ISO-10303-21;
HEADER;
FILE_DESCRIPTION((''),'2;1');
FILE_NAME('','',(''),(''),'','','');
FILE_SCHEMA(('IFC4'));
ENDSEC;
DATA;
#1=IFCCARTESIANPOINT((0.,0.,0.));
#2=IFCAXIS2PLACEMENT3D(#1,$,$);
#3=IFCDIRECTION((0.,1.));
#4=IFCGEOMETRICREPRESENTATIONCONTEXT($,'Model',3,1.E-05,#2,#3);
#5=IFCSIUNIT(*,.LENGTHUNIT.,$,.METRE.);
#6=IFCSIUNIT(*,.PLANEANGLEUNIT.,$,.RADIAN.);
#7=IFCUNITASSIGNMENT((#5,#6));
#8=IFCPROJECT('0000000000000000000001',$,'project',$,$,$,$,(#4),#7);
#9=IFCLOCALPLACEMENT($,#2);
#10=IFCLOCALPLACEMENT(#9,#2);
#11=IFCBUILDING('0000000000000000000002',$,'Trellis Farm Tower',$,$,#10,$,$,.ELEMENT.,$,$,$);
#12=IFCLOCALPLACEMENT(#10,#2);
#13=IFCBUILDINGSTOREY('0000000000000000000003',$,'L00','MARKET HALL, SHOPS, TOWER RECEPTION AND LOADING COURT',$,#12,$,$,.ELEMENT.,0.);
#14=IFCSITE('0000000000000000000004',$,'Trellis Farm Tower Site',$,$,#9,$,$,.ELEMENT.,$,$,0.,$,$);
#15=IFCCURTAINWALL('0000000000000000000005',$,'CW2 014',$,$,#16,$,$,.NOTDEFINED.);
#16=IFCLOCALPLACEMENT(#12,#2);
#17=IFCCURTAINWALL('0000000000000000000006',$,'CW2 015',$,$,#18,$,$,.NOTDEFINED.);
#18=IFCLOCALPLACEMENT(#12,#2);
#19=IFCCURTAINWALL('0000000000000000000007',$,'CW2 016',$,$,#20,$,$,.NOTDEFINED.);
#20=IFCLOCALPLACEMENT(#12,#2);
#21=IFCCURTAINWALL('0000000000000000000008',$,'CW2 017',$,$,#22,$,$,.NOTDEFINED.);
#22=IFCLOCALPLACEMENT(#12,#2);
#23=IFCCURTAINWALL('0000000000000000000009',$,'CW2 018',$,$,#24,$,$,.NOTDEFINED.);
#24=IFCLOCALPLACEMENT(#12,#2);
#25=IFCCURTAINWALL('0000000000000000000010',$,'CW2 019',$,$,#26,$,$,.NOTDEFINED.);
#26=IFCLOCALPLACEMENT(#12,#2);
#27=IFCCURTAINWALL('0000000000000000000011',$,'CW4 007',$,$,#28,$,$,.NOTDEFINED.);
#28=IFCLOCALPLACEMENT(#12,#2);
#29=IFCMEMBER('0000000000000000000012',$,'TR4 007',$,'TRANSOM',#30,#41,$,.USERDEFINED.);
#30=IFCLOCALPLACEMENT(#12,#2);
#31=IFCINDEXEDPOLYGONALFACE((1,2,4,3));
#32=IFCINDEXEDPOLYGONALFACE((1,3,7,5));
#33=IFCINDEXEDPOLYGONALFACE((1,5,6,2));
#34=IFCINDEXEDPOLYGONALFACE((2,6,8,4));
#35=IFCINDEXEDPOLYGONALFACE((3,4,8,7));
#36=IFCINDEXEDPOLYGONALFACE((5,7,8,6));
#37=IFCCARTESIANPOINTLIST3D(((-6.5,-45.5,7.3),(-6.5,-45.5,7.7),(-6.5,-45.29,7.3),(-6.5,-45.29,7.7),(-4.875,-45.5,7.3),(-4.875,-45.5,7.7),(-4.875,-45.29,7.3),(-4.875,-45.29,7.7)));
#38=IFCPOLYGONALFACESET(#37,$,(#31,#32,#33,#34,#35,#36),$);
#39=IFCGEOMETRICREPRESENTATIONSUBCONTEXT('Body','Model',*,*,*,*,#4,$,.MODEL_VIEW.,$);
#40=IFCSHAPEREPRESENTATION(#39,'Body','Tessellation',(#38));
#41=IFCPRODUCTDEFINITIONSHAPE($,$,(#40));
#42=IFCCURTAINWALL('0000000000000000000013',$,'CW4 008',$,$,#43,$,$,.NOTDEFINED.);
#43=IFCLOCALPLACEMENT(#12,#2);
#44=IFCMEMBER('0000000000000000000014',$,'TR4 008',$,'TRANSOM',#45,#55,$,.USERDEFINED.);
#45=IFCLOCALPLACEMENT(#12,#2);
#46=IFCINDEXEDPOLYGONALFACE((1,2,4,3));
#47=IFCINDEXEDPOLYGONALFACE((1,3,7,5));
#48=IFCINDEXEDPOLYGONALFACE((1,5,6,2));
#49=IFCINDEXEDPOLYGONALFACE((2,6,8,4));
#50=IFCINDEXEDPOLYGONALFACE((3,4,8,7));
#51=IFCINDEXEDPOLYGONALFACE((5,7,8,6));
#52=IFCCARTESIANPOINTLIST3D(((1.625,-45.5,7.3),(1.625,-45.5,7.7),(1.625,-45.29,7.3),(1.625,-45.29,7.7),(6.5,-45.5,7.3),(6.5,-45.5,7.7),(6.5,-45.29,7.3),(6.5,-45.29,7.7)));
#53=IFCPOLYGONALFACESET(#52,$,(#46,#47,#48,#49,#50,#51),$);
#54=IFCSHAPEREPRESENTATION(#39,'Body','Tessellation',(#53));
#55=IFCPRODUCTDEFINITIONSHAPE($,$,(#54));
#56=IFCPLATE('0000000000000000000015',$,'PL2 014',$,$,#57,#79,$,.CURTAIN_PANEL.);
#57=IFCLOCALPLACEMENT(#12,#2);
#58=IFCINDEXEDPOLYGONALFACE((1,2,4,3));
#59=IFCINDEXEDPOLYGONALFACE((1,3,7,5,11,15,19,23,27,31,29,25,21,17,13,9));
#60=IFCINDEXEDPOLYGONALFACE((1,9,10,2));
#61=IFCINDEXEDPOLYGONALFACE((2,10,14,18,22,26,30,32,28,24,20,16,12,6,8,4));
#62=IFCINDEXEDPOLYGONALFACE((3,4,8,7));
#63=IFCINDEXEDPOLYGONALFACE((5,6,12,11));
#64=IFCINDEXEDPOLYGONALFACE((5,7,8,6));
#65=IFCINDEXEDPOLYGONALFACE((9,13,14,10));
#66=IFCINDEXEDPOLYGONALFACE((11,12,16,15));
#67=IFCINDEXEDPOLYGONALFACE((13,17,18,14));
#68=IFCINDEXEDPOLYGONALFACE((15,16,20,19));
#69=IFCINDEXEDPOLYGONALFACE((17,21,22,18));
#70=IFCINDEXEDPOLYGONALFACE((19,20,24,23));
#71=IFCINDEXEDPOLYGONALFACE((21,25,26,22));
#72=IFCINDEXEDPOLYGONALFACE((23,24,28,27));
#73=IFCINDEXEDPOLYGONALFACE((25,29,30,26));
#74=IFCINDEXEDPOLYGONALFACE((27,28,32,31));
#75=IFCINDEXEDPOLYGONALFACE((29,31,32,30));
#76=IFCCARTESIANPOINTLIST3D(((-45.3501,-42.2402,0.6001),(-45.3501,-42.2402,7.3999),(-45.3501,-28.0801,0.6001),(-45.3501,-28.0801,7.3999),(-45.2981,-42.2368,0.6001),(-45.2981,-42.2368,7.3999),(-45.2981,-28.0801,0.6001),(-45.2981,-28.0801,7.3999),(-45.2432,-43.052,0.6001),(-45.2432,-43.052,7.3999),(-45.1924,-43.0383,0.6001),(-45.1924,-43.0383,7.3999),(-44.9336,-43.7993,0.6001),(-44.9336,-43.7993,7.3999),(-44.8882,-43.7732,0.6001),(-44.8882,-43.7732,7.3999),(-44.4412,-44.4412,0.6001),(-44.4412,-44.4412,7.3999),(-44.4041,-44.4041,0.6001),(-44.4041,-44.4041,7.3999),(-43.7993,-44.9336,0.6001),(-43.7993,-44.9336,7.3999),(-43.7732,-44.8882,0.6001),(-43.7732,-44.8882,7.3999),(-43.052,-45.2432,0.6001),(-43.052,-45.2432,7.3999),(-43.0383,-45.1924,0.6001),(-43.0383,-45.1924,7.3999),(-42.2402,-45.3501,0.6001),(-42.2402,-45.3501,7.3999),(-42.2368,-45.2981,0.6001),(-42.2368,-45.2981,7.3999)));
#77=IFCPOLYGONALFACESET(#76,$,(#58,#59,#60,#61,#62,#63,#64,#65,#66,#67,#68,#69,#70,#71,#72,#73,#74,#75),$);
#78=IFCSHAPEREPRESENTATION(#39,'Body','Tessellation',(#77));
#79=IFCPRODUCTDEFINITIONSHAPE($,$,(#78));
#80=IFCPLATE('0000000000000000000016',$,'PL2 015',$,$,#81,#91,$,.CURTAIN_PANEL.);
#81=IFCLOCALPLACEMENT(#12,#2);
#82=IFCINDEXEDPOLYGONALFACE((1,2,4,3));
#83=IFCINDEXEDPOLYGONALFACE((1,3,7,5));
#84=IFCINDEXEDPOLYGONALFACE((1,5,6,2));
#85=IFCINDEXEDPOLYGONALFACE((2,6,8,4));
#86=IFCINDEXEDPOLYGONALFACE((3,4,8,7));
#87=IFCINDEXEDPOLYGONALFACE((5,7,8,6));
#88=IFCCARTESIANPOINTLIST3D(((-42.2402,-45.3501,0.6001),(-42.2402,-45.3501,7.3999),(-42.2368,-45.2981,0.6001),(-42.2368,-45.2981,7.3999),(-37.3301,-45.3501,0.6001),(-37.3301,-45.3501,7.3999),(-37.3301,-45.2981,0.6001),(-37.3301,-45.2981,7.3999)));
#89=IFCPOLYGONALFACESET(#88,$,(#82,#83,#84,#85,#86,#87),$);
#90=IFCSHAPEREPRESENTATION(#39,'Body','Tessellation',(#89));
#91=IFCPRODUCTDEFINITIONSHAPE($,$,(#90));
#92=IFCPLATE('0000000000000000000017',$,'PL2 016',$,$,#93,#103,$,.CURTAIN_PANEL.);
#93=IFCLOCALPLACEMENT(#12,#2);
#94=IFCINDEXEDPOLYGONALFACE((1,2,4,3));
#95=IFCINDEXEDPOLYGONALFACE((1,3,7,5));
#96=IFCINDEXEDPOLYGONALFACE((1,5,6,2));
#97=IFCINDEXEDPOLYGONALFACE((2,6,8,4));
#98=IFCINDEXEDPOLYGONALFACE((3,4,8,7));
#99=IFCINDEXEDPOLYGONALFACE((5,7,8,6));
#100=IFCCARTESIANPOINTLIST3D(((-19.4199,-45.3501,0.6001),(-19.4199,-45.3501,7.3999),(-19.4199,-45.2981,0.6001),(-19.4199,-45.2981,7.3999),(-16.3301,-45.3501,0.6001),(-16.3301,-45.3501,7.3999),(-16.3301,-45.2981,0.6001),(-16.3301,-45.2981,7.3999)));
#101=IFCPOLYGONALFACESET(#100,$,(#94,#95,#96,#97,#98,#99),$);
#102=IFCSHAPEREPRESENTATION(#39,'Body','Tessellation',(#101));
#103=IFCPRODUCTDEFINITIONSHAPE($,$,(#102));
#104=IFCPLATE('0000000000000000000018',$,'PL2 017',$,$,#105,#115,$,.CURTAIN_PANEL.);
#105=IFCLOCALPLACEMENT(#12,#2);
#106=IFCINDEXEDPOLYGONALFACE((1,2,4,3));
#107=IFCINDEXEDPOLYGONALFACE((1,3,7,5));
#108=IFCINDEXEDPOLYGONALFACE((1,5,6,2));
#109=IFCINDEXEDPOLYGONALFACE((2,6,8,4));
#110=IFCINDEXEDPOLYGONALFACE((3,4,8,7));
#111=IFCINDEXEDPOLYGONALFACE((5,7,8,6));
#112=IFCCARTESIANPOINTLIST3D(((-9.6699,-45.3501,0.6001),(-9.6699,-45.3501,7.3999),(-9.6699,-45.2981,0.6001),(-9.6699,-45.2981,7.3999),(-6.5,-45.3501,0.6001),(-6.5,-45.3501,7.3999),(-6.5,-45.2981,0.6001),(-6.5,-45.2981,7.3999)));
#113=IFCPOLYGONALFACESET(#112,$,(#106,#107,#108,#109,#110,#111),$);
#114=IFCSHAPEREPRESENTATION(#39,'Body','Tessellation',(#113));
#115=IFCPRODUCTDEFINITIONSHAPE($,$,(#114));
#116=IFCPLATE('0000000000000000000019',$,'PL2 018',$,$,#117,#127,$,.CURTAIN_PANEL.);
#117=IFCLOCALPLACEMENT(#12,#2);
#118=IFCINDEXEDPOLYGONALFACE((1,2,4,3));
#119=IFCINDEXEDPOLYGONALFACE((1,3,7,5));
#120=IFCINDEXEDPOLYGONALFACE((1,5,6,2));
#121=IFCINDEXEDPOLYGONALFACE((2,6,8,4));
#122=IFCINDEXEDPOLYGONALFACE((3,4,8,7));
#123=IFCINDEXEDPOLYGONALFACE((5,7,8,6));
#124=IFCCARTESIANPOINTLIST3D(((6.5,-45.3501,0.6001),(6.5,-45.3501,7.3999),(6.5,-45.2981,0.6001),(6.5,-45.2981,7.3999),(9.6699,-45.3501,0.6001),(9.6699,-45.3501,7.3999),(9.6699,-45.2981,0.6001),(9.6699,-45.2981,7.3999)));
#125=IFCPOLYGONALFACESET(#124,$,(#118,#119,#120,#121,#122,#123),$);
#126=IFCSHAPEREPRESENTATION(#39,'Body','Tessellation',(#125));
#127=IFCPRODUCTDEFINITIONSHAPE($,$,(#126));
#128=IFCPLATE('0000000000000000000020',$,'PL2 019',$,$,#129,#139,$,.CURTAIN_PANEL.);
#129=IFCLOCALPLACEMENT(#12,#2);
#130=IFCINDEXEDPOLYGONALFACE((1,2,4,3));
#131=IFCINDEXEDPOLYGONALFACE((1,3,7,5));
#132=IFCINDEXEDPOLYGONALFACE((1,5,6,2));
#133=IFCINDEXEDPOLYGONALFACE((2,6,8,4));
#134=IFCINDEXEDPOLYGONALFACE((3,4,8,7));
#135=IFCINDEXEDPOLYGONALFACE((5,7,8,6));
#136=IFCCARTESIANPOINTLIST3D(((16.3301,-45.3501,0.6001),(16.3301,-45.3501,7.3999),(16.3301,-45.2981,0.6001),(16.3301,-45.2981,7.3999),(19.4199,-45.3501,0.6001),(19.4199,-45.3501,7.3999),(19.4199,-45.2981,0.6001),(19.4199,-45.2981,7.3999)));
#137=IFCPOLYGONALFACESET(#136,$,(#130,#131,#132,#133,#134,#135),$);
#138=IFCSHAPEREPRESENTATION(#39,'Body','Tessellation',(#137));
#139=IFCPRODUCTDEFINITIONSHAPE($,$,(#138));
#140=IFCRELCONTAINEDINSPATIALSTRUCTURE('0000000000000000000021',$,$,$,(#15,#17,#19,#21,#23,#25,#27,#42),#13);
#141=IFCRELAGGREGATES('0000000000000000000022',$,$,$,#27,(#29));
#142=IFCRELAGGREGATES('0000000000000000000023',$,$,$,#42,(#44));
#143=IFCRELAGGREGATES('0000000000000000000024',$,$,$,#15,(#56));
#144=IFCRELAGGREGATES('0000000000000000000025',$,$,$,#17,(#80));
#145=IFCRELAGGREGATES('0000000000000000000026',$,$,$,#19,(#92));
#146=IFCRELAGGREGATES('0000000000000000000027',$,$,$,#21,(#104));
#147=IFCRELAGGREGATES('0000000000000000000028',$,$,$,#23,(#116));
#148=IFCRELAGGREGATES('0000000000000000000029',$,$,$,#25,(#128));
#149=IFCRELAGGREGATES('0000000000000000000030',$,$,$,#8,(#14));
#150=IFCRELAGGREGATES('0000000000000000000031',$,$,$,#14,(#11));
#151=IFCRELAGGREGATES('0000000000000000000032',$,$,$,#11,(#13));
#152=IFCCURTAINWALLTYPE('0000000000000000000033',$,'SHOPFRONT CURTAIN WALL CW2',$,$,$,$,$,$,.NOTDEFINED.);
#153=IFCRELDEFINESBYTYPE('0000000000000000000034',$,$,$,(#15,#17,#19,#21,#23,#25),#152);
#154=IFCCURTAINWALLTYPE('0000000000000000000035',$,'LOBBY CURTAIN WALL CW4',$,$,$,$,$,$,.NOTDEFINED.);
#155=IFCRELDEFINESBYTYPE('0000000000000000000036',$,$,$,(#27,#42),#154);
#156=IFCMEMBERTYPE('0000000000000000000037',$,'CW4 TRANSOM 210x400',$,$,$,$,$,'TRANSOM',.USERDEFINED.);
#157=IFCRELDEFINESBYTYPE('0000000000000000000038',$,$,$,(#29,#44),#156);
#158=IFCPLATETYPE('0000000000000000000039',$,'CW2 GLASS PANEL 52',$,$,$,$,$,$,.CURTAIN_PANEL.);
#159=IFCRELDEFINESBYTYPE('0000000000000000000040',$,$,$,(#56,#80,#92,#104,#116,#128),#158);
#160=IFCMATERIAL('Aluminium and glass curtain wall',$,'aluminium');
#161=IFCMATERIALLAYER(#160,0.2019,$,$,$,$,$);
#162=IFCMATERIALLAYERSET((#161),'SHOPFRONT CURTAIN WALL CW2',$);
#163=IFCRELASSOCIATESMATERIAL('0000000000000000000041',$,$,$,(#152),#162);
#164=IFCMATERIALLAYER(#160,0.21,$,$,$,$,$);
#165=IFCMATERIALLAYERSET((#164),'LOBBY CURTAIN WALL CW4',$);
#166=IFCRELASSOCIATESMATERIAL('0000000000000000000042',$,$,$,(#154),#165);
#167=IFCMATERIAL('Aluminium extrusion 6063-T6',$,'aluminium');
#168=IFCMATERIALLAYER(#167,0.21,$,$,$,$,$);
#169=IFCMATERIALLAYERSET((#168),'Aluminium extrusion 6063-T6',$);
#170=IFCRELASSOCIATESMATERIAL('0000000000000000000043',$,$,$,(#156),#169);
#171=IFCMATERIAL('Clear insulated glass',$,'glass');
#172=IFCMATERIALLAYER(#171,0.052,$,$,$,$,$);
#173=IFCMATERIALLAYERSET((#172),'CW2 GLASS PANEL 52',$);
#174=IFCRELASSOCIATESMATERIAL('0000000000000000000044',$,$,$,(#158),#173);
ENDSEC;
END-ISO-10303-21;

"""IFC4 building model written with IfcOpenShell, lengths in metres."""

from ifc_helpers import new_model, si_unit, direction, frame, origin, place, context, subcontext, project, spatial, polyline, outline, extrude, material, layer, layer_set, type_object, element, aggregate, save


model = new_model("IFC4")

# Units and contexts
model_context = context("Model", 3, precision=1e-05, world=origin(), true_north=direction((0.0, 1.0)))
body_context = subcontext(model_context, "Body", "Model", "MODEL_VIEW")
ifc_project = project(units=[si_unit("LENGTHUNIT", "METRE"), si_unit("PLANEANGLEUNIT", "RADIAN")], contexts=[model_context])

# Site, building, storey
site_placement = place(None, origin())
site = spatial("IfcSite", under=ifc_project, at=site_placement, Name="Trellis Farm Tower Site", CompositionType="ELEMENT", RefElevation=0.0)
building_placement = place(site_placement, origin())
building = spatial("IfcBuilding", under=site, at=building_placement, Name="Trellis Farm Tower", CompositionType="ELEMENT")
storey_placement = place(building_placement, origin())
storey = spatial("IfcBuildingStorey", under=building, at=storey_placement, Name="L00", Description="MARKET HALL, SHOPS, TOWER RECEPTION AND LOADING COURT", CompositionType="ELEMENT", Elevation=0.0)

# Curtain walls, members
ifc_material_1 = material(Name="Aluminium and glass curtain wall", Category="aluminium")
ifc_layer_1 = layer(ifc_material_1, 0.2019)
ifc_layer_set_1 = layer_set([ifc_layer_1], Name="SHOPFRONT CURTAIN WALL CW2")
curtain_wall_type_1 = type_object("IfcCurtainWallType", Name="SHOPFRONT CURTAIN WALL CW2", PredefinedType="NOTDEFINED", material=ifc_layer_set_1)
placement_1 = place(storey_placement, origin())
ifc_material_2 = material(Name="Aluminium extrusion 6063-T6", Category="aluminium")
curtain_wall_1 = element("IfcCurtainWall", 1, at=placement_1, inside=storey, type_object=curtain_wall_type_1, Name="CW2 014", PredefinedType="NOTDEFINED")
curtain_wall_2 = element("IfcCurtainWall", 2, at=placement_1, inside=storey, type_object=curtain_wall_type_1, Name="CW2 015", PredefinedType="NOTDEFINED")
curtain_wall_3 = element("IfcCurtainWall", 3, at=placement_1, inside=storey, type_object=curtain_wall_type_1, Name="CW2 016", PredefinedType="NOTDEFINED")
curtain_wall_4 = element("IfcCurtainWall", 4, at=placement_1, inside=storey, type_object=curtain_wall_type_1, Name="CW2 017", PredefinedType="NOTDEFINED")
curtain_wall_5 = element("IfcCurtainWall", 5, at=placement_1, inside=storey, type_object=curtain_wall_type_1, Name="CW2 018", PredefinedType="NOTDEFINED")
curtain_wall_6 = element("IfcCurtainWall", 6, at=placement_1, inside=storey, type_object=curtain_wall_type_1, Name="CW2 019", PredefinedType="NOTDEFINED")
ifc_layer_2 = layer(ifc_material_1, 0.21)
ifc_layer_set_2 = layer_set([ifc_layer_2], Name="LOBBY CURTAIN WALL CW4")
curtain_wall_type_2 = type_object("IfcCurtainWallType", Name="LOBBY CURTAIN WALL CW4", PredefinedType="NOTDEFINED", material=ifc_layer_set_2)
ifc_layer_3 = layer(ifc_material_2, 0.21)
ifc_layer_set_3 = layer_set([ifc_layer_3], Name="Aluminium extrusion 6063-T6")
member_type_1 = type_object("IfcMemberType", Name="CW4 TRANSOM 210x400", ElementType="TRANSOM", PredefinedType="USERDEFINED", material=ifc_layer_set_3)
placement_2 = place(storey_placement, frame((0.0, 0.0, 7.3)))
curtain_wall_7 = element("IfcCurtainWall", 7, at=placement_1, inside=storey, type_object=curtain_wall_type_2, Name="CW4 007", PredefinedType="NOTDEFINED")
member_1 = element("IfcMember", 8, at=placement_2, type_object=member_type_1, Name="TR4 007", ObjectType="TRANSOM", PredefinedType="USERDEFINED", context=body_context, shape_type="SweptSolid", body=[
    extrude(outline(polyline([(-6.5, -45.5), (-4.875, -45.5), (-4.875, -45.29), (-6.5, -45.29), (-6.5, -45.5)])), origin(), (0.0, 0.0, 1.0), 0.3999),
])
aggregate(curtain_wall_7, [member_1])
curtain_wall_8 = element("IfcCurtainWall", 9, at=placement_1, inside=storey, type_object=curtain_wall_type_2, Name="CW4 008", PredefinedType="NOTDEFINED")
member_2 = element("IfcMember", 10, at=placement_2, type_object=member_type_1, Name="TR4 008", ObjectType="TRANSOM", PredefinedType="USERDEFINED", context=body_context, shape_type="SweptSolid", body=[
    extrude(outline(polyline([(1.625, -45.5), (6.5, -45.5), (6.5, -45.29), (1.625, -45.29), (1.625, -45.5)])), origin(), (0.0, 0.0, 1.0), 0.3999),
])
aggregate(curtain_wall_8, [member_2])

# Plates
ifc_material_3 = material(Name="Clear insulated glass", Category="glass")
ifc_layer_4 = layer(ifc_material_3, 0.052)
ifc_layer_set_4 = layer_set([ifc_layer_4], Name="CW2 GLASS PANEL 52")
plate_type = type_object("IfcPlateType", Name="CW2 GLASS PANEL 52", PredefinedType="CURTAIN_PANEL", material=ifc_layer_set_4)
placement_3 = place(storey_placement, frame((0.0, 0.0, 0.6001)))
plate_1 = element("IfcPlate", 11, at=placement_3, type_object=plate_type, Name="PL2 014", PredefinedType="CURTAIN_PANEL", context=body_context, shape_type="SweptSolid", body=[
    extrude(outline(polyline([(-45.3501, -28.0801), (-45.3501, -42.2402), (-45.2432, -43.052), (-44.9336, -43.7993), (-44.4412, -44.4412), (-43.7993, -44.9336), (-43.052, -45.2432), (-42.2402, -45.3501), (-42.2368, -45.2981), (-43.0383, -45.1924), (-43.7732, -44.8882), (-44.4041, -44.4041), (-44.8882, -43.7732), (-45.1924, -43.0383), (-45.2981, -42.2368), (-45.2981, -28.0801), (-45.3501, -28.0801)])), origin(), (0.0, 0.0, 1.0), 6.7998),
])
aggregate(curtain_wall_1, [plate_1])
plate_2 = element("IfcPlate", 12, at=placement_3, type_object=plate_type, Name="PL2 015", PredefinedType="CURTAIN_PANEL", context=body_context, shape_type="SweptSolid", body=[
    extrude(outline(polyline([(-42.2402, -45.3501), (-37.3301, -45.3501), (-37.3301, -45.2981), (-42.2368, -45.2981), (-42.2402, -45.3501)])), origin(), (0.0, 0.0, 1.0), 6.7998),
])
aggregate(curtain_wall_2, [plate_2])
plate_3 = element("IfcPlate", 13, at=placement_3, type_object=plate_type, Name="PL2 016", PredefinedType="CURTAIN_PANEL", context=body_context, shape_type="SweptSolid", body=[
    extrude(outline(polyline([(-19.4199, -45.3501), (-16.3301, -45.3501), (-16.3301, -45.2981), (-19.4199, -45.2981), (-19.4199, -45.3501)])), origin(), (0.0, 0.0, 1.0), 6.7998),
])
aggregate(curtain_wall_3, [plate_3])
plate_4 = element("IfcPlate", 14, at=placement_3, type_object=plate_type, Name="PL2 017", PredefinedType="CURTAIN_PANEL", context=body_context, shape_type="SweptSolid", body=[
    extrude(outline(polyline([(-9.6699, -45.3501), (-6.5, -45.3501), (-6.5, -45.2981), (-9.6699, -45.2981), (-9.6699, -45.3501)])), origin(), (0.0, 0.0, 1.0), 6.7998),
])
aggregate(curtain_wall_4, [plate_4])
plate_5 = element("IfcPlate", 15, at=placement_3, type_object=plate_type, Name="PL2 018", PredefinedType="CURTAIN_PANEL", context=body_context, shape_type="SweptSolid", body=[
    extrude(outline(polyline([(6.5, -45.3501), (9.6699, -45.3501), (9.6699, -45.2981), (6.5, -45.2981), (6.5, -45.3501)])), origin(), (0.0, 0.0, 1.0), 6.7998),
])
aggregate(curtain_wall_5, [plate_5])
plate_6 = element("IfcPlate", 16, at=placement_3, type_object=plate_type, Name="PL2 019", PredefinedType="CURTAIN_PANEL", context=body_context, shape_type="SweptSolid", body=[
    extrude(outline(polyline([(16.3301, -45.3501), (19.4199, -45.3501), (19.4199, -45.2981), (16.3301, -45.2981), (16.3301, -45.3501)])), origin(), (0.0, 0.0, 1.0), 6.7998),
])
aggregate(curtain_wall_6, [plate_6])

save(model, "model.ifc")
